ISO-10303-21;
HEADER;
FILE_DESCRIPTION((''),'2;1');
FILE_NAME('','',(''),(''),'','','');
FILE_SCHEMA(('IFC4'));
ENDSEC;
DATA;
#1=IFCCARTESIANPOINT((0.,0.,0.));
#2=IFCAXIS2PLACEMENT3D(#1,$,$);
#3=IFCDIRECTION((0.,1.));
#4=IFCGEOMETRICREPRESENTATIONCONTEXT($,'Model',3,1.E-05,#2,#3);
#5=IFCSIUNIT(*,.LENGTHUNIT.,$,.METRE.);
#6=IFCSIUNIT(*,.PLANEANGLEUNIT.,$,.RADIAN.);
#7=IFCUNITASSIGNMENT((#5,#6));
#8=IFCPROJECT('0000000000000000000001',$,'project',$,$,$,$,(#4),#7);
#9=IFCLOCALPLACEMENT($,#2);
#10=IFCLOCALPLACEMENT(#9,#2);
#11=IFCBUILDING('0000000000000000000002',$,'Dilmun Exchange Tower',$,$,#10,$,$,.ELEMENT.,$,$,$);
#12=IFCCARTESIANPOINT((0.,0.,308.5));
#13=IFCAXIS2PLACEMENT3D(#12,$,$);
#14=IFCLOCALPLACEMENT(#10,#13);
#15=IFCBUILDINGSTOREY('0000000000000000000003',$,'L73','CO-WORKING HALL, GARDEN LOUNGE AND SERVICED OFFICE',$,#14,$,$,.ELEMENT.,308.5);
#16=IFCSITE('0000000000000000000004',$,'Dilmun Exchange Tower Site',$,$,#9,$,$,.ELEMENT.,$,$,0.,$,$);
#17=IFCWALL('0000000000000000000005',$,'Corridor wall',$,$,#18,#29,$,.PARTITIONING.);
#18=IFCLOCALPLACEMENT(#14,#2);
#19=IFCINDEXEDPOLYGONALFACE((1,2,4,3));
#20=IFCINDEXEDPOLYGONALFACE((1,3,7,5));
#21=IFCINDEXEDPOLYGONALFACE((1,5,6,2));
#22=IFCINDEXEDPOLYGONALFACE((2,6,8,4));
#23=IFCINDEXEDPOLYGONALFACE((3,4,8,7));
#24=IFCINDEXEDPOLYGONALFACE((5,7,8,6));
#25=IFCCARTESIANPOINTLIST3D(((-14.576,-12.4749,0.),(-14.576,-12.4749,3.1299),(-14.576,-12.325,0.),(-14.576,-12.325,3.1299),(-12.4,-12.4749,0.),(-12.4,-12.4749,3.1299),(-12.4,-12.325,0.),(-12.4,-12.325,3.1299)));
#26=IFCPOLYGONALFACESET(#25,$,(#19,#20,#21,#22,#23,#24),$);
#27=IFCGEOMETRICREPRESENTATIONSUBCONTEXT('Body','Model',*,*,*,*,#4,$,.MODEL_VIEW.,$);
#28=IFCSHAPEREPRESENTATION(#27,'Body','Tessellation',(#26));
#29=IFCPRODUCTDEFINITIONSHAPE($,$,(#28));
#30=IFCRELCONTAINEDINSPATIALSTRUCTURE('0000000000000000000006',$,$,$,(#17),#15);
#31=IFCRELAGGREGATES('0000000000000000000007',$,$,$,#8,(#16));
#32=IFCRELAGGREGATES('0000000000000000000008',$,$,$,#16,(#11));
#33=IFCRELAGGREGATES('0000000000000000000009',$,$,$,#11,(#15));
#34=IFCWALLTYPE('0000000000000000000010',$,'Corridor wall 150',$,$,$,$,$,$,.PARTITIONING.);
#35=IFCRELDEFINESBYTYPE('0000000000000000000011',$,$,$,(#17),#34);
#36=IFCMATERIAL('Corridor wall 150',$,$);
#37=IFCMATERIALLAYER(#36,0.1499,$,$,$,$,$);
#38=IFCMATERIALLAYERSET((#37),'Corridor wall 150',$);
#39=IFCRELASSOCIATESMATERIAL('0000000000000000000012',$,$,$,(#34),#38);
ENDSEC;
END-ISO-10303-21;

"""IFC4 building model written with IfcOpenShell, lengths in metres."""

from ifc_helpers import new_model, si_unit, direction, frame, frame_2d, origin, place, context, subcontext, project, spatial, rectangle, extrude, material, layer, layer_set, type_object, element, save


model = new_model("IFC4")

# Units and contexts
model_context = context("Model", 3, precision=1e-05, world=origin(), true_north=direction((0.0, 1.0)))
body_context = subcontext(model_context, "Body", "Model", "MODEL_VIEW")
ifc_project = project(units=[si_unit("LENGTHUNIT", "METRE"), si_unit("PLANEANGLEUNIT", "RADIAN")], contexts=[model_context])

# Site, building, storey
site_placement = place(None, origin())
site = spatial("IfcSite", under=ifc_project, at=site_placement, Name="Dilmun Exchange Tower Site", CompositionType="ELEMENT", RefElevation=0.0)
building_placement = place(site_placement, origin())
building = spatial("IfcBuilding", under=site, at=building_placement, Name="Dilmun Exchange Tower", CompositionType="ELEMENT")
storey_placement = place(building_placement, frame((0.0, 0.0, 308.5)))
storey = spatial("IfcBuildingStorey", under=building, at=storey_placement, Name="L73", Description="CO-WORKING HALL, GARDEN LOUNGE AND SERVICED OFFICE", CompositionType="ELEMENT", Elevation=308.5)

# Shared definitions
ifc_material_1 = material(Name="Corridor wall 150")
ifc_layer_1 = layer(ifc_material_1, 0.1499)
ifc_layer_set_1 = layer_set([ifc_layer_1], Name="Corridor wall 150")
wall_type_1 = type_object("IfcWallType", Name="Corridor wall 150", PredefinedType="PARTITIONING", material=ifc_layer_set_1)

# Wall
wall_1_placement = place(storey_placement, frame((-14.5759, -12.3999, 0.0), z_axis=(0.0, 0.0, 1.0), x_axis=(1.0, 0.0, 0.0)))
element("IfcWall", 1, at=wall_1_placement, inside=storey, type_object=wall_type_1, Name="Corridor wall", PredefinedType="PARTITIONING", context=body_context, shape_type="SweptSolid", body=[
    extrude(rectangle(XDim=2.176, YDim=0.1499, at=frame_2d((1.0879, 0.0))), origin(), (0.0, 0.0, 1.0), 3.1299),
])

save(model, "model.ifc")
